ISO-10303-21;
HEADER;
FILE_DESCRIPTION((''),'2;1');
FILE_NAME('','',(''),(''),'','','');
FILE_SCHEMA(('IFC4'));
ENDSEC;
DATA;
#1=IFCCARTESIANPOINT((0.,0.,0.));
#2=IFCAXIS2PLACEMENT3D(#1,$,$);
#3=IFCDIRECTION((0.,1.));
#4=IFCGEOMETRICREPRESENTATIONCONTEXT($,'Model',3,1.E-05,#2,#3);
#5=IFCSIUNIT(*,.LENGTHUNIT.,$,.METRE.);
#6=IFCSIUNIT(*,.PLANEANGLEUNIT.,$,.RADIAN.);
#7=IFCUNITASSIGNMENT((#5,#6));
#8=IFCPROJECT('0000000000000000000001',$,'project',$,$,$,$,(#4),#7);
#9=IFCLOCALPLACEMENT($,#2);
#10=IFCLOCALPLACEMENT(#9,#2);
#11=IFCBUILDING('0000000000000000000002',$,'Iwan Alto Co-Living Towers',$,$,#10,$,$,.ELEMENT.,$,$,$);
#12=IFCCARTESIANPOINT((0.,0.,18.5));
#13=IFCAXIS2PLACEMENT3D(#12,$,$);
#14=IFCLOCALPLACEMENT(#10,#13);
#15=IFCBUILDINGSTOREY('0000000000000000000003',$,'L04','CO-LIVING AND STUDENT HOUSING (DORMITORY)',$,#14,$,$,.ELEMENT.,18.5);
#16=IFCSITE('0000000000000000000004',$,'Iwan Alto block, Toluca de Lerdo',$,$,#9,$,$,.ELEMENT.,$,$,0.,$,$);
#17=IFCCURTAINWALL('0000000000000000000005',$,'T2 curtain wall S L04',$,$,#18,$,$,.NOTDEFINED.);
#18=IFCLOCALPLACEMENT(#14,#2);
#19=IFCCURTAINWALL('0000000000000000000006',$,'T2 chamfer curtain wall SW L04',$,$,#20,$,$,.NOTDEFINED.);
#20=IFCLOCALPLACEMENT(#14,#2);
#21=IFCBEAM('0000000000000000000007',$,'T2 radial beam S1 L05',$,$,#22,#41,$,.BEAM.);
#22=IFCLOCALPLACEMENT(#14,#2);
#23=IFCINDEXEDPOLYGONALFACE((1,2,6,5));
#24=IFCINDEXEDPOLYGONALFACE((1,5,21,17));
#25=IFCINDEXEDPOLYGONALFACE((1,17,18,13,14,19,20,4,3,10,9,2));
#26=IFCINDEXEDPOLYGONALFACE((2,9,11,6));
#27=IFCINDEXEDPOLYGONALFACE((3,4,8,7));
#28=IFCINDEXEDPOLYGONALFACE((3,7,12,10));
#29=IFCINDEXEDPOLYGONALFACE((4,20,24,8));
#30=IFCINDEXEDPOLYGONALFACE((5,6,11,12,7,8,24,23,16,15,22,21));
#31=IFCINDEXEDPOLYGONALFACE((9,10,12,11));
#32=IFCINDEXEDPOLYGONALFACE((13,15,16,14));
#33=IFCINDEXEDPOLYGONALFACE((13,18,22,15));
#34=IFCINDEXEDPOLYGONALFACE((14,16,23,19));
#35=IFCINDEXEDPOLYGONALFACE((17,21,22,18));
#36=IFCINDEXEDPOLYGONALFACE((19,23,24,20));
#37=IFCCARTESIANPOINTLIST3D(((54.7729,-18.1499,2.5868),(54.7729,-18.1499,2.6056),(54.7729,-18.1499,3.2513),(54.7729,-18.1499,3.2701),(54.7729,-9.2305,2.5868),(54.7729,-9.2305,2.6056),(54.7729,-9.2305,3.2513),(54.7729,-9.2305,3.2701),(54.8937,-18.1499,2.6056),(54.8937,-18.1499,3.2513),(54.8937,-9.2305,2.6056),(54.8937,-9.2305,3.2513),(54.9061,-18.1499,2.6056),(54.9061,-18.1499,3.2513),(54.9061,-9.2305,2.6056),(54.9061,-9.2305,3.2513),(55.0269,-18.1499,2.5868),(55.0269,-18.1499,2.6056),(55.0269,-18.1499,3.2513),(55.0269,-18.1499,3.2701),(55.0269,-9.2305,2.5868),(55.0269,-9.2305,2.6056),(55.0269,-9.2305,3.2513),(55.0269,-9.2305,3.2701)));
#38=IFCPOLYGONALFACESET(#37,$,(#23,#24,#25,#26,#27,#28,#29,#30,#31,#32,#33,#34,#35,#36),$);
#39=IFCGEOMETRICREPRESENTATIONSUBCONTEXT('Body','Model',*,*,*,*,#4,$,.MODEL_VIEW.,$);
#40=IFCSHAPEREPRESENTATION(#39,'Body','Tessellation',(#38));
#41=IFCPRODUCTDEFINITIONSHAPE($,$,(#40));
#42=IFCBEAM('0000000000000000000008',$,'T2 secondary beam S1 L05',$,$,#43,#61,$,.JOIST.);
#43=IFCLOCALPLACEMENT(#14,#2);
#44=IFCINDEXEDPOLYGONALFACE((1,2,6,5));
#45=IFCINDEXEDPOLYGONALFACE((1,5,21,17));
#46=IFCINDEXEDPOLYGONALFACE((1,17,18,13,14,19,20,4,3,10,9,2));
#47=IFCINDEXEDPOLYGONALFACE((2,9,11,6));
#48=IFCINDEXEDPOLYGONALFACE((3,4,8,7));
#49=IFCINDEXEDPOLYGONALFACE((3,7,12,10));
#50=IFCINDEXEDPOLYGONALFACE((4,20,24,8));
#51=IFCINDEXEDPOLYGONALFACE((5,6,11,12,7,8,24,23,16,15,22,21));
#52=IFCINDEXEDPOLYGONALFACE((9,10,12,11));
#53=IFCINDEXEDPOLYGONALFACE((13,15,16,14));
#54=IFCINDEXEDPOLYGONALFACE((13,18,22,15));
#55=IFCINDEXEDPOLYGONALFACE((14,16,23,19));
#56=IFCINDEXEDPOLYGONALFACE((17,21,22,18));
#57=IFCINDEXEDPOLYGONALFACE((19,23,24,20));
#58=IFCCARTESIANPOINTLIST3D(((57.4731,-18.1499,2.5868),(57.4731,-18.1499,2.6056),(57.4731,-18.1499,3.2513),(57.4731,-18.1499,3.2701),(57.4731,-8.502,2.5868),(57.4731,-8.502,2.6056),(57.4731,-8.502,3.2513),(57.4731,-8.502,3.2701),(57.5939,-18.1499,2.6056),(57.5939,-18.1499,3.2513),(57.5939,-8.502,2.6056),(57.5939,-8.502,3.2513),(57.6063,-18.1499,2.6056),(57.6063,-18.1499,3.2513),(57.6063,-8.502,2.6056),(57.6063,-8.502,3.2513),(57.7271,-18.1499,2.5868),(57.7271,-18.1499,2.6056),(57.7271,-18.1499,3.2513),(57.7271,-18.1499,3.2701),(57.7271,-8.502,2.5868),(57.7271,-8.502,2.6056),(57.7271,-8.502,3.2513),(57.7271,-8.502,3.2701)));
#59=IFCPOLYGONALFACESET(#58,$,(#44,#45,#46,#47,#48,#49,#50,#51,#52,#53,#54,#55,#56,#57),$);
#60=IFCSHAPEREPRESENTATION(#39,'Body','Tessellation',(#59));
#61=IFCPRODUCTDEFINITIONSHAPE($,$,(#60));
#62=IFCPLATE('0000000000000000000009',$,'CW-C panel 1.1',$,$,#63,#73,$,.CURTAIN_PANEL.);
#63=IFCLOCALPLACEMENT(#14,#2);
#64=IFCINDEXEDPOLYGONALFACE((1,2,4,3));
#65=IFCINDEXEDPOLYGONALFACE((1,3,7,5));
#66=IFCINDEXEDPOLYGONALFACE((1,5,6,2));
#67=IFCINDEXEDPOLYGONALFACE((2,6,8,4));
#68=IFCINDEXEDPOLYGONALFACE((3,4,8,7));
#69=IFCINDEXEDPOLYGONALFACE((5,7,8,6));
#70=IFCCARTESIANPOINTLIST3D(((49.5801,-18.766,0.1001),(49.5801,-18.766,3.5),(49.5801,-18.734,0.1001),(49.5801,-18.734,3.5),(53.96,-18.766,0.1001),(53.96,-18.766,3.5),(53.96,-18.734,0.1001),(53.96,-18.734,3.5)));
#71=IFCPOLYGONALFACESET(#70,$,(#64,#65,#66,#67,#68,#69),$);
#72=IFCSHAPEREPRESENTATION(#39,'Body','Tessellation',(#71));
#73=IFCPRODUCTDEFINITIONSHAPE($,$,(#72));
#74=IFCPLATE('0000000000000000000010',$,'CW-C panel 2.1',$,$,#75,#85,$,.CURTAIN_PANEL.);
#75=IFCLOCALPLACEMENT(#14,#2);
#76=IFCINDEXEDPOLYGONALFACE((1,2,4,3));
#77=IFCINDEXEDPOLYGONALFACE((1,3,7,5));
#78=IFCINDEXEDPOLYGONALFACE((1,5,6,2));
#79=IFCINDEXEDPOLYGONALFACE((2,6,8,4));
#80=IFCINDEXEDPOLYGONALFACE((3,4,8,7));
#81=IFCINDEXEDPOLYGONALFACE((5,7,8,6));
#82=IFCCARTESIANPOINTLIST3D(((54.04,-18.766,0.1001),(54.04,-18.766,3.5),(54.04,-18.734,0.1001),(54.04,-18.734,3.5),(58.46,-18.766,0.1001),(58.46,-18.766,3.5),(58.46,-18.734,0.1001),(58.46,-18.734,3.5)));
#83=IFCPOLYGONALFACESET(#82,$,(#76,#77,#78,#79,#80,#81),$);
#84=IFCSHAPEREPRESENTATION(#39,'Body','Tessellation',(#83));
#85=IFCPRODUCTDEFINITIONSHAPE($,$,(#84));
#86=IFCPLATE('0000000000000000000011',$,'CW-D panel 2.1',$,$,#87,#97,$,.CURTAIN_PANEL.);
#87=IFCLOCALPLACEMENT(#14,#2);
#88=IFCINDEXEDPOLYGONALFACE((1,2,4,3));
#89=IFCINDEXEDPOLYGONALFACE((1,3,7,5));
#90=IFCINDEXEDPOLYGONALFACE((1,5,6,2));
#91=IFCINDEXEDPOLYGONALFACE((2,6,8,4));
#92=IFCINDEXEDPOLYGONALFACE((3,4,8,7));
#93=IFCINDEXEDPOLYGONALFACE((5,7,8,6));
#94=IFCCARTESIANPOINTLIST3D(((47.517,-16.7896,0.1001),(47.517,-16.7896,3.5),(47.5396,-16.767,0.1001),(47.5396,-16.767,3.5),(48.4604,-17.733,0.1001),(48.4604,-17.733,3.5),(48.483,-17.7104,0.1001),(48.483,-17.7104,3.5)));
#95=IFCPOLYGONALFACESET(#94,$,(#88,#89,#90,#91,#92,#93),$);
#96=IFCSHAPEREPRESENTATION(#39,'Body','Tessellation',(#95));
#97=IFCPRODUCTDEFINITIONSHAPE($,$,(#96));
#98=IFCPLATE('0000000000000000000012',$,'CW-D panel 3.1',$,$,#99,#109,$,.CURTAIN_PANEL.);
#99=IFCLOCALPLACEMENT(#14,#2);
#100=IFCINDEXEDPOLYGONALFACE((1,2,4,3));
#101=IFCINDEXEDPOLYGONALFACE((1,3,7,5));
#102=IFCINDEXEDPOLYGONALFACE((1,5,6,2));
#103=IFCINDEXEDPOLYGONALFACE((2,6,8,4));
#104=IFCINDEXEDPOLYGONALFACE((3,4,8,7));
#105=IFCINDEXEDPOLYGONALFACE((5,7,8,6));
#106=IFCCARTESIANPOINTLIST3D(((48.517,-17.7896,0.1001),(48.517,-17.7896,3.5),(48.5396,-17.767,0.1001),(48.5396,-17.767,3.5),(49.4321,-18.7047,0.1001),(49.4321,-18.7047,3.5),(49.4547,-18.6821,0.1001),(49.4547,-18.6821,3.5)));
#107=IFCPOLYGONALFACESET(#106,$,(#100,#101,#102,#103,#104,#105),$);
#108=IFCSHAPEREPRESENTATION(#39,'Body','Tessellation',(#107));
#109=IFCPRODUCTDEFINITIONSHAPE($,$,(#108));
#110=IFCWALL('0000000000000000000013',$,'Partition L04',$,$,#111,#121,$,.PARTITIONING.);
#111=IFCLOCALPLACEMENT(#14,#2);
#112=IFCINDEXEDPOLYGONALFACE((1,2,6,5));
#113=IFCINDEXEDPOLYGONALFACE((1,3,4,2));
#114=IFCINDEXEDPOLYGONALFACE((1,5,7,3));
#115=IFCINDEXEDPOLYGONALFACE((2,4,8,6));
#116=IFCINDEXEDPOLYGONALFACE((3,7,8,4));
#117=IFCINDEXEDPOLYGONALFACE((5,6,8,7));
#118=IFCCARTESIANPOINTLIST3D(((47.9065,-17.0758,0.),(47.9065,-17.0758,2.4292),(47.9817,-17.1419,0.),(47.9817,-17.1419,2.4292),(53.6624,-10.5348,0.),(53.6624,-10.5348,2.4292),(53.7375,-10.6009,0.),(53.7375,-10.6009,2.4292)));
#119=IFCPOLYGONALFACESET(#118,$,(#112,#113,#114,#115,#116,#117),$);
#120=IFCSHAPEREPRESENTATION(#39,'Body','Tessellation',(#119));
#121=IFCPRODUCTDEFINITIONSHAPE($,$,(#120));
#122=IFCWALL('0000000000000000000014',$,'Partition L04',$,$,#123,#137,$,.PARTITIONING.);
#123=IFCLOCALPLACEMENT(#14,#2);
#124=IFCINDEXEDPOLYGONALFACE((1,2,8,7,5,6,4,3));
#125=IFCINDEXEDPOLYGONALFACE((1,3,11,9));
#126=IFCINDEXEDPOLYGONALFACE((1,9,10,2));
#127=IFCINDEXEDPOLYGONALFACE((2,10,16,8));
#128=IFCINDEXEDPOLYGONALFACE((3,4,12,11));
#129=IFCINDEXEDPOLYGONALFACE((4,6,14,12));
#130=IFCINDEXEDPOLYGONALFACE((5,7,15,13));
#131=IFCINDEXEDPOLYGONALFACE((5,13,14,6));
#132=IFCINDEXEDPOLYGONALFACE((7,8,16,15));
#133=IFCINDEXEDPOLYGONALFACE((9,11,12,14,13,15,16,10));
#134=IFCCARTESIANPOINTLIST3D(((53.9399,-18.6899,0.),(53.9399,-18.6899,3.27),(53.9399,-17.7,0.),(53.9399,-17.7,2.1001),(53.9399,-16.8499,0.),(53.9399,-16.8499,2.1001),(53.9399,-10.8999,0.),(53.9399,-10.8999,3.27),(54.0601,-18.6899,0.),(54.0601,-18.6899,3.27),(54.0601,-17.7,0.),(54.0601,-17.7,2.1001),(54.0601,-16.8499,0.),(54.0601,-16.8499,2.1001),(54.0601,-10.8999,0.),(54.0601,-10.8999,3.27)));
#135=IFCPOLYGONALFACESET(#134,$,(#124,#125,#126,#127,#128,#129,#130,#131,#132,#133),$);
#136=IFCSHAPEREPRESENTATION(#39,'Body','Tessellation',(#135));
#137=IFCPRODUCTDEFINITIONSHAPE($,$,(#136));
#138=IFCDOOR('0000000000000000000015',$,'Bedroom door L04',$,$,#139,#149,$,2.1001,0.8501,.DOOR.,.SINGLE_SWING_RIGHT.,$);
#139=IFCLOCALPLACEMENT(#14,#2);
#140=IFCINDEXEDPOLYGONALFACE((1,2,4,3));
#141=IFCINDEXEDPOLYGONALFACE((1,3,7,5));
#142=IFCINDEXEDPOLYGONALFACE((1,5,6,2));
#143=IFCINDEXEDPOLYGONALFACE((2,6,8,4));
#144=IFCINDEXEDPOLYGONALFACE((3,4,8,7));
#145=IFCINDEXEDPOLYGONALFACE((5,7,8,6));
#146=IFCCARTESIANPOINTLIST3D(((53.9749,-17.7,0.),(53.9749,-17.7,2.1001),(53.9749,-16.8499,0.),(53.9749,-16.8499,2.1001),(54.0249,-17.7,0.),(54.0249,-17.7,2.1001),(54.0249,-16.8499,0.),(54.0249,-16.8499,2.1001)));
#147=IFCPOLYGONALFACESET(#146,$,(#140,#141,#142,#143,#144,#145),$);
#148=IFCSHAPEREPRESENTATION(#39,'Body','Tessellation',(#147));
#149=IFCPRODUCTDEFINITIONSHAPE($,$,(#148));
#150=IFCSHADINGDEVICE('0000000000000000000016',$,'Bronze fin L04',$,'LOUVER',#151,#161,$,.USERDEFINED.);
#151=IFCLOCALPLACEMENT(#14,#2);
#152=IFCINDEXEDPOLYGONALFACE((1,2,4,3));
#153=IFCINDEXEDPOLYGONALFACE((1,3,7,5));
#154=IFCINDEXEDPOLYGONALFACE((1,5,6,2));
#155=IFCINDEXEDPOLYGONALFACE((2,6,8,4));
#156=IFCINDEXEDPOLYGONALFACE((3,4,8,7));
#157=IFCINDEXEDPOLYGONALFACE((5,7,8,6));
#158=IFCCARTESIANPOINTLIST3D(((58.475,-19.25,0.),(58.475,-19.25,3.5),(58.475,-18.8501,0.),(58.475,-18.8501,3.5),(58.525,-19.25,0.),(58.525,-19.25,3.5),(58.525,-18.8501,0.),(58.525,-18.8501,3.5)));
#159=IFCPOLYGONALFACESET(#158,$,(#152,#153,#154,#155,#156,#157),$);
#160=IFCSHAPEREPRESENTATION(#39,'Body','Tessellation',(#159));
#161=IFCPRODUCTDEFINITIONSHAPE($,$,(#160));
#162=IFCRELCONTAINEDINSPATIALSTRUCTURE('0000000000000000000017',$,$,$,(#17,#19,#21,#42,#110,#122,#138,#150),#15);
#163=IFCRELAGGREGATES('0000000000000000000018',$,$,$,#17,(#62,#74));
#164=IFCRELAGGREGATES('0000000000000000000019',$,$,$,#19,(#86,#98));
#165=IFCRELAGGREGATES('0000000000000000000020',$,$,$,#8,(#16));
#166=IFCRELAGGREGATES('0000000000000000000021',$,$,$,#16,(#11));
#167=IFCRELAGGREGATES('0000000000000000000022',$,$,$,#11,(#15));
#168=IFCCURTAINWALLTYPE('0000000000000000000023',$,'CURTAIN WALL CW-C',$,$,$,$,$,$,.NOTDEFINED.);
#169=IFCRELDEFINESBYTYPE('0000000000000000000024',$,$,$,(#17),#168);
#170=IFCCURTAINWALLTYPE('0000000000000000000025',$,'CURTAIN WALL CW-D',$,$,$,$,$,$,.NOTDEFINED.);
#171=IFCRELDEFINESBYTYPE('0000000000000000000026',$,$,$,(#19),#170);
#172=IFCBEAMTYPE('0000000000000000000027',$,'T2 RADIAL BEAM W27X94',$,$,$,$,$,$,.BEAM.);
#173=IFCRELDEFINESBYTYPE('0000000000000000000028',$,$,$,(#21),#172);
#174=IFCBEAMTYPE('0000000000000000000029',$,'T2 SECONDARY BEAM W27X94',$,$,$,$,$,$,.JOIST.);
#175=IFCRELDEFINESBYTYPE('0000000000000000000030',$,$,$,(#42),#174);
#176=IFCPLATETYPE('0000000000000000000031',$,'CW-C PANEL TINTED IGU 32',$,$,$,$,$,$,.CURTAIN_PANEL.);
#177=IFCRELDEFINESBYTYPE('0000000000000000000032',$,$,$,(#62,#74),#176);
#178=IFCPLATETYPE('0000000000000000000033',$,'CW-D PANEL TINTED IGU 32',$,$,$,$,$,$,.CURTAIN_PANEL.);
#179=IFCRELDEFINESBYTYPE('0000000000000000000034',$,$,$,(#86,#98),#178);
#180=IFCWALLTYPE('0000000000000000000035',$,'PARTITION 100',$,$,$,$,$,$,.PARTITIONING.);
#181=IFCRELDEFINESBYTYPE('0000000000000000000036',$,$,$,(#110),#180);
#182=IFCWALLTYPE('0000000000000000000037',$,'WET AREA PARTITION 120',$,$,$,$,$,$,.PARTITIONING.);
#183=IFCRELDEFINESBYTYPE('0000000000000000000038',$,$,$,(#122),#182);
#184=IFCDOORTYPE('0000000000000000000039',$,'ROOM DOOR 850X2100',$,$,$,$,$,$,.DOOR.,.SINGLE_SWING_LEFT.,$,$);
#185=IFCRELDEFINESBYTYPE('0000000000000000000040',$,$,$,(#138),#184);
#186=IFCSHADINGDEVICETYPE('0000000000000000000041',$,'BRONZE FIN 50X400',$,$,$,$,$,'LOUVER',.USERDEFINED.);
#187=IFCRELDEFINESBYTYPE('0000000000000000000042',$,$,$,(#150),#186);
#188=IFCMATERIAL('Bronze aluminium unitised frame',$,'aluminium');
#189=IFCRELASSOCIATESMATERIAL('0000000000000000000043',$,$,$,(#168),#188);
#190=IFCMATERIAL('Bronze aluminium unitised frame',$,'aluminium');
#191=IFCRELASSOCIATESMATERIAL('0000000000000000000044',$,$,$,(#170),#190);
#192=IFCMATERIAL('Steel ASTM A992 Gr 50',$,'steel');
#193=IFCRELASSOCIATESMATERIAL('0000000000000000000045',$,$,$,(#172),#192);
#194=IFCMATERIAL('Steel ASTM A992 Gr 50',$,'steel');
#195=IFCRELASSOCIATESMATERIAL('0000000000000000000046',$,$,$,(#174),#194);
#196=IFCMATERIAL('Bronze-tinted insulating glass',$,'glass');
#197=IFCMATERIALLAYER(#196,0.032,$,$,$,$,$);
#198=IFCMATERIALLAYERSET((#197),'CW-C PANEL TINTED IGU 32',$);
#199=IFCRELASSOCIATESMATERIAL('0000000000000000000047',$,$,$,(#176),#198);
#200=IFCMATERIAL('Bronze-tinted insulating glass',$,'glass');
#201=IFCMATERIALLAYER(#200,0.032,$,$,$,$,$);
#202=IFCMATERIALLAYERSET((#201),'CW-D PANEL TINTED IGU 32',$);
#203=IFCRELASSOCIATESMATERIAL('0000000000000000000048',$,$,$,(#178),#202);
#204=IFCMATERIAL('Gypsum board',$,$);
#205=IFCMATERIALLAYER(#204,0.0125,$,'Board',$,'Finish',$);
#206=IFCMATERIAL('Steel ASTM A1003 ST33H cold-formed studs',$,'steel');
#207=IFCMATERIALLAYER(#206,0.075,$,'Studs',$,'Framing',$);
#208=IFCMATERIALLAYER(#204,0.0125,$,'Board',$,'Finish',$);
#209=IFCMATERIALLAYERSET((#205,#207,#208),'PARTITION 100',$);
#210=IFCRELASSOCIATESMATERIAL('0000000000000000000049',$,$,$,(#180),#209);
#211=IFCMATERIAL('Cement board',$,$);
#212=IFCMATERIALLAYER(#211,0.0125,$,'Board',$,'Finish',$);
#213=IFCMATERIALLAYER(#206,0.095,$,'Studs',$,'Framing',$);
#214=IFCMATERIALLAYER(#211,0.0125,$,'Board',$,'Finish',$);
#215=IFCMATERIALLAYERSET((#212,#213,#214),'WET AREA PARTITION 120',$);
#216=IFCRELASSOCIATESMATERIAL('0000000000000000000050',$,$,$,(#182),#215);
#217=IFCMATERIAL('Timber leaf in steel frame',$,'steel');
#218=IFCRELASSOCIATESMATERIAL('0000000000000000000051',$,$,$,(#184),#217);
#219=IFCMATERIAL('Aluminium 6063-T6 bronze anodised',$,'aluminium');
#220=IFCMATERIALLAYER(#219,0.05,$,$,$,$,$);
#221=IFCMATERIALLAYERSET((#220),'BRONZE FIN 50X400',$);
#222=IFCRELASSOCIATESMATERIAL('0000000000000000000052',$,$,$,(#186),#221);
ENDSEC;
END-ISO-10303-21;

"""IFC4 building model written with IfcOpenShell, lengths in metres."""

from ifc_helpers import new_model, si_unit, direction, frame, frame_2d, origin, origin_2d, place, context, subcontext, project, spatial, rectangle, i_section, extrude, material, layer, layer_set, material_profile, profile_set, type_object, element, fill, aggregate, save


model = new_model("IFC4")

# Units and contexts
model_context = context("Model", 3, precision=1e-05, world=origin(), true_north=direction((0.0, 1.0)))
body_context = subcontext(model_context, "Body", "Model", "MODEL_VIEW")
ifc_project = project(units=[si_unit("LENGTHUNIT", "METRE"), si_unit("PLANEANGLEUNIT", "RADIAN")], contexts=[model_context])

# Site, building, storey
site_placement = place(None, origin())
site = spatial("IfcSite", under=ifc_project, at=site_placement, Name="Iwan Alto block, Toluca de Lerdo", CompositionType="ELEMENT", RefElevation=0.0)
building_placement = place(site_placement, origin())
building = spatial("IfcBuilding", under=site, at=building_placement, Name="Iwan Alto Co-Living Towers", CompositionType="ELEMENT")
storey_placement = place(building_placement, frame((0.0, 0.0, 18.5)))
storey = spatial("IfcBuildingStorey", under=building, at=storey_placement, Name="L04", Description="CO-LIVING AND STUDENT HOUSING (DORMITORY)", CompositionType="ELEMENT", Elevation=18.5)

# Curtain walls
ifc_material_1 = material(Name="Bronze aluminium unitised frame", Category="aluminium")
curtain_wall_type_1 = type_object("IfcCurtainWallType", Name="CURTAIN WALL CW-C", PredefinedType="NOTDEFINED", material=ifc_material_1)
curtain_wall_1_placement = place(storey_placement, origin())
curtain_wall_1 = element("IfcCurtainWall", 1, at=curtain_wall_1_placement, inside=storey, type_object=curtain_wall_type_1, Name="T2 curtain wall S L04", PredefinedType="NOTDEFINED")
ifc_material_2 = material(Name="Bronze aluminium unitised frame", Category="aluminium")
curtain_wall_type_2 = type_object("IfcCurtainWallType", Name="CURTAIN WALL CW-D", PredefinedType="NOTDEFINED", material=ifc_material_2)
curtain_wall_2_placement = place(storey_placement, origin())
curtain_wall_2 = element("IfcCurtainWall", 2, at=curtain_wall_2_placement, inside=storey, type_object=curtain_wall_type_2, Name="T2 chamfer curtain wall SW L04", PredefinedType="NOTDEFINED")

# Beams
ifc_material_3 = material(Name="Steel ASTM A992 Gr 50", Category="steel")
ifc_material_profile_1 = material_profile(ifc_material_3, i_section(OverallWidth=0.2539, OverallDepth=0.6833, WebThickness=0.0125, FlangeThickness=0.0188, at=origin_2d()), Name="W27X94")
ifc_profile_set_1 = profile_set([ifc_material_profile_1], Name="Steel ASTM A992 Gr 50")
beam_type_1 = type_object("IfcBeamType", Name="T2 RADIAL BEAM W27X94", PredefinedType="BEAM", material=ifc_profile_set_1)
beam_1_placement = place(storey_placement, frame((54.8999, -18.1499, 2.9285), z_axis=(0.0, 1.0, 0.0), x_axis=(-1.0, 0.0, 0.0)))
element("IfcBeam", 3, at=beam_1_placement, inside=storey, type_object=beam_type_1, Name="T2 radial beam S1 L05", PredefinedType="BEAM", context=body_context, shape_type="SweptSolid", body=[
    extrude(i_section(OverallWidth=0.2539, OverallDepth=0.6833, WebThickness=0.0125, FlangeThickness=0.0188, at=origin_2d()), origin(), (0.0, 0.0, 1.0), 8.9194),
])
ifc_material_4 = material(Name="Steel ASTM A992 Gr 50", Category="steel")
ifc_material_profile_2 = material_profile(ifc_material_4, i_section(OverallWidth=0.2539, OverallDepth=0.6833, WebThickness=0.0125, FlangeThickness=0.0188, at=origin_2d()), Name="W27X94")
ifc_profile_set_2 = profile_set([ifc_material_profile_2], Name="Steel ASTM A992 Gr 50")
beam_type_2 = type_object("IfcBeamType", Name="T2 SECONDARY BEAM W27X94", PredefinedType="JOIST", material=ifc_profile_set_2)
beam_2_placement = place(storey_placement, frame((57.6001, -18.1499, 2.9285), z_axis=(0.0, 1.0, 0.0), x_axis=(-1.0, 0.0, 0.0)))
element("IfcBeam", 4, at=beam_2_placement, inside=storey, type_object=beam_type_2, Name="T2 secondary beam S1 L05", PredefinedType="JOIST", context=body_context, shape_type="SweptSolid", body=[
    extrude(i_section(OverallWidth=0.2539, OverallDepth=0.6833, WebThickness=0.0125, FlangeThickness=0.0188, at=origin_2d()), origin(), (0.0, 0.0, 1.0), 9.6479),
])

# Plates
ifc_material_5 = material(Name="Bronze-tinted insulating glass", Category="glass")
ifc_layer_1 = layer(ifc_material_5, 0.032)
ifc_layer_set_1 = layer_set([ifc_layer_1], Name="CW-C PANEL TINTED IGU 32")
plate_type_1 = type_object("IfcPlateType", Name="CW-C PANEL TINTED IGU 32", PredefinedType="CURTAIN_PANEL", material=ifc_layer_set_1)
plate_1_placement = place(storey_placement, frame((51.77, -18.75, 0.1001), z_axis=(0.0, 0.0, 1.0), x_axis=(1.0, 0.0, 0.0)))
plate_1 = element("IfcPlate", 5, at=plate_1_placement, type_object=plate_type_1, Name="CW-C panel 1.1", PredefinedType="CURTAIN_PANEL", context=body_context, shape_type="SweptSolid", body=[
    extrude(rectangle(XDim=4.3799, YDim=0.032, at=origin_2d()), origin(), (0.0, 0.0, 1.0), 3.3999),
])
plate_2_placement = place(storey_placement, frame((56.25, -18.75, 0.1001), z_axis=(0.0, 0.0, 1.0), x_axis=(1.0, 0.0, 0.0)))
plate_2 = element("IfcPlate", 6, at=plate_2_placement, type_object=plate_type_1, Name="CW-C panel 2.1", PredefinedType="CURTAIN_PANEL", context=body_context, shape_type="SweptSolid", body=[
    extrude(rectangle(XDim=4.4199, YDim=0.032, at=origin_2d()), origin(), (0.0, 0.0, 1.0), 3.3999),
])
aggregate(curtain_wall_1, [plate_1, plate_2])
ifc_material_6 = material(Name="Bronze-tinted insulating glass", Category="glass")
ifc_layer_2 = layer(ifc_material_6, 0.032)
ifc_layer_set_2 = layer_set([ifc_layer_2], Name="CW-D PANEL TINTED IGU 32")
plate_type_2 = type_object("IfcPlateType", Name="CW-D PANEL TINTED IGU 32", PredefinedType="CURTAIN_PANEL", material=ifc_layer_set_2)
plate_3_placement = place(storey_placement, frame((48.0, -17.25, 0.1001), z_axis=(0.0, 0.0, 1.0), x_axis=(0.707107, -0.707107, 0.0)))
plate_3 = element("IfcPlate", 7, at=plate_3_placement, type_object=plate_type_2, Name="CW-D panel 2.1", PredefinedType="CURTAIN_PANEL", context=body_context, shape_type="SweptSolid", body=[
    extrude(rectangle(XDim=1.3342, YDim=0.032, at=origin_2d()), origin(), (0.0, 0.0, 1.0), 3.3999),
])
plate_4_placement = place(storey_placement, frame((48.9858, -18.2358, 0.1001), z_axis=(0.0, 0.0, 1.0), x_axis=(0.707107, -0.707107, 0.0)))
plate_4 = element("IfcPlate", 8, at=plate_4_placement, type_object=plate_type_2, Name="CW-D panel 3.1", PredefinedType="CURTAIN_PANEL", context=body_context, shape_type="SweptSolid", body=[
    extrude(rectangle(XDim=1.2942, YDim=0.032, at=origin_2d()), origin(), (0.0, 0.0, 1.0), 3.3999),
])
aggregate(curtain_wall_2, [plate_3, plate_4])

# Wall
ifc_material_7 = material(Name="Gypsum board")
ifc_layer_3 = layer(ifc_material_7, 0.0125, Name="Board", Category="Finish")
ifc_material_8 = material(Name="Steel ASTM A1003 ST33H cold-formed studs", Category="steel")
ifc_layer_4 = layer(ifc_material_8, 0.075, Name="Studs", Category="Framing")
ifc_layer_5 = layer(ifc_material_7, 0.0125, Name="Board", Category="Finish")
ifc_layer_set_3 = layer_set([ifc_layer_3, ifc_layer_4, ifc_layer_5], Name="PARTITION 100")
wall_type_1 = type_object("IfcWallType", Name="PARTITION 100", PredefinedType="PARTITIONING", material=ifc_layer_set_3)
wall_1_placement = place(storey_placement, frame((47.9441, -17.1089, 0.0), z_axis=(0.0, 0.0, 1.0), x_axis=(0.660613, 0.750727, 0.0)))
element("IfcWall", 9, at=wall_1_placement, inside=storey, type_object=wall_type_1, Name="Partition L04", PredefinedType="PARTITIONING", context=body_context, shape_type="SweptSolid", body=[
    extrude(rectangle(XDim=8.7129, YDim=0.1001, at=frame_2d((4.3564, 0.0))), origin(), (0.0, 0.0, 1.0), 2.4292),
])

# Wall, opening, door
ifc_material_9 = material(Name="Cement board")
ifc_layer_6 = layer(ifc_material_9, 0.0125, Name="Board", Category="Finish")
ifc_layer_7 = layer(ifc_material_8, 0.095, Name="Studs", Category="Framing")
ifc_layer_8 = layer(ifc_material_9, 0.0125, Name="Board", Category="Finish")
ifc_layer_set_4 = layer_set([ifc_layer_6, ifc_layer_7, ifc_layer_8], Name="WET AREA PARTITION 120")
wall_type_2 = type_object("IfcWallType", Name="WET AREA PARTITION 120", PredefinedType="PARTITIONING", material=ifc_layer_set_4)
wall_2_placement = place(storey_placement, frame((54.0, -18.6899, 0.0), z_axis=(0.0, 0.0, 1.0), x_axis=(0.0, 1.0, 0.0)))
wall_2 = element("IfcWall", 10, at=wall_2_placement, inside=storey, type_object=wall_type_2, Name="Partition L04", PredefinedType="PARTITIONING", context=body_context, shape_type="SweptSolid", body=[
    extrude(rectangle(XDim=7.79, YDim=0.1201, at=frame_2d((3.895, 0.0))), origin(), (0.0, 0.0, 1.0), 3.27),
])
opening_placement = place(wall_2_placement, frame((0.99, 0.0, 0.0)))
opening = element("IfcOpeningElement", 11, at=opening_placement, cuts=wall_2, PredefinedType="OPENING", context=body_context, shape_type="SweptSolid", body=[
    extrude(rectangle(XDim=0.8501, YDim=2.1001, at=frame_2d((0.425, 1.05))), frame((0.0, 0.0701, 0.0), z_axis=(0.0, -1.0, 0.0), x_axis=(1.0, 0.0, 0.0)), (0.0, 0.0, 1.0), 0.1401),
])
ifc_material_10 = material(Name="Timber leaf in steel frame", Category="steel")
door_type = type_object("IfcDoorType", Name="ROOM DOOR 850X2100", OperationType="SINGLE_SWING_LEFT", PredefinedType="DOOR", material=ifc_material_10)
door_placement = place(opening_placement, frame((0.8501, 0.0, 0.0), z_axis=(0.0, 0.0, 1.0), x_axis=(-1.0, 0.0, 0.0)))
door = element("IfcDoor", 12, at=door_placement, inside=storey, type_object=door_type, Name="Bedroom door L04", OperationType="SINGLE_SWING_RIGHT", OverallHeight=2.1001, OverallWidth=0.8501, PredefinedType="DOOR", context=body_context, shape_type="SweptSolid", body=[
    extrude(rectangle(XDim=0.8501, YDim=2.1001, at=frame_2d((0.425, 1.05))), frame((0.0, 0.0249, 0.0), z_axis=(0.0, -1.0, 0.0), x_axis=(1.0, 0.0, 0.0)), (0.0, 0.0, 1.0), 0.05),
])
fill(opening, door)

# Shading device
ifc_material_11 = material(Name="Aluminium 6063-T6 bronze anodised", Category="aluminium")
ifc_layer_9 = layer(ifc_material_11, 0.05)
ifc_layer_set_5 = layer_set([ifc_layer_9], Name="BRONZE FIN 50X400")
shading_device_type = type_object("IfcShadingDeviceType", Name="BRONZE FIN 50X400", ElementType="LOUVER", PredefinedType="USERDEFINED", material=ifc_layer_set_5)
shading_device_placement = place(storey_placement, frame((58.5, -19.05, 0.0), z_axis=(0.0, 0.0, 1.0), x_axis=(1.0, 0.0, 0.0)))
element("IfcShadingDevice", 13, at=shading_device_placement, inside=storey, type_object=shading_device_type, Name="Bronze fin L04", ObjectType="LOUVER", PredefinedType="USERDEFINED", context=body_context, shape_type="SweptSolid", body=[
    extrude(rectangle(XDim=0.05, YDim=0.3999, at=origin_2d()), origin(), (0.0, 0.0, 1.0), 3.5),
])

save(model, "model.ifc")
